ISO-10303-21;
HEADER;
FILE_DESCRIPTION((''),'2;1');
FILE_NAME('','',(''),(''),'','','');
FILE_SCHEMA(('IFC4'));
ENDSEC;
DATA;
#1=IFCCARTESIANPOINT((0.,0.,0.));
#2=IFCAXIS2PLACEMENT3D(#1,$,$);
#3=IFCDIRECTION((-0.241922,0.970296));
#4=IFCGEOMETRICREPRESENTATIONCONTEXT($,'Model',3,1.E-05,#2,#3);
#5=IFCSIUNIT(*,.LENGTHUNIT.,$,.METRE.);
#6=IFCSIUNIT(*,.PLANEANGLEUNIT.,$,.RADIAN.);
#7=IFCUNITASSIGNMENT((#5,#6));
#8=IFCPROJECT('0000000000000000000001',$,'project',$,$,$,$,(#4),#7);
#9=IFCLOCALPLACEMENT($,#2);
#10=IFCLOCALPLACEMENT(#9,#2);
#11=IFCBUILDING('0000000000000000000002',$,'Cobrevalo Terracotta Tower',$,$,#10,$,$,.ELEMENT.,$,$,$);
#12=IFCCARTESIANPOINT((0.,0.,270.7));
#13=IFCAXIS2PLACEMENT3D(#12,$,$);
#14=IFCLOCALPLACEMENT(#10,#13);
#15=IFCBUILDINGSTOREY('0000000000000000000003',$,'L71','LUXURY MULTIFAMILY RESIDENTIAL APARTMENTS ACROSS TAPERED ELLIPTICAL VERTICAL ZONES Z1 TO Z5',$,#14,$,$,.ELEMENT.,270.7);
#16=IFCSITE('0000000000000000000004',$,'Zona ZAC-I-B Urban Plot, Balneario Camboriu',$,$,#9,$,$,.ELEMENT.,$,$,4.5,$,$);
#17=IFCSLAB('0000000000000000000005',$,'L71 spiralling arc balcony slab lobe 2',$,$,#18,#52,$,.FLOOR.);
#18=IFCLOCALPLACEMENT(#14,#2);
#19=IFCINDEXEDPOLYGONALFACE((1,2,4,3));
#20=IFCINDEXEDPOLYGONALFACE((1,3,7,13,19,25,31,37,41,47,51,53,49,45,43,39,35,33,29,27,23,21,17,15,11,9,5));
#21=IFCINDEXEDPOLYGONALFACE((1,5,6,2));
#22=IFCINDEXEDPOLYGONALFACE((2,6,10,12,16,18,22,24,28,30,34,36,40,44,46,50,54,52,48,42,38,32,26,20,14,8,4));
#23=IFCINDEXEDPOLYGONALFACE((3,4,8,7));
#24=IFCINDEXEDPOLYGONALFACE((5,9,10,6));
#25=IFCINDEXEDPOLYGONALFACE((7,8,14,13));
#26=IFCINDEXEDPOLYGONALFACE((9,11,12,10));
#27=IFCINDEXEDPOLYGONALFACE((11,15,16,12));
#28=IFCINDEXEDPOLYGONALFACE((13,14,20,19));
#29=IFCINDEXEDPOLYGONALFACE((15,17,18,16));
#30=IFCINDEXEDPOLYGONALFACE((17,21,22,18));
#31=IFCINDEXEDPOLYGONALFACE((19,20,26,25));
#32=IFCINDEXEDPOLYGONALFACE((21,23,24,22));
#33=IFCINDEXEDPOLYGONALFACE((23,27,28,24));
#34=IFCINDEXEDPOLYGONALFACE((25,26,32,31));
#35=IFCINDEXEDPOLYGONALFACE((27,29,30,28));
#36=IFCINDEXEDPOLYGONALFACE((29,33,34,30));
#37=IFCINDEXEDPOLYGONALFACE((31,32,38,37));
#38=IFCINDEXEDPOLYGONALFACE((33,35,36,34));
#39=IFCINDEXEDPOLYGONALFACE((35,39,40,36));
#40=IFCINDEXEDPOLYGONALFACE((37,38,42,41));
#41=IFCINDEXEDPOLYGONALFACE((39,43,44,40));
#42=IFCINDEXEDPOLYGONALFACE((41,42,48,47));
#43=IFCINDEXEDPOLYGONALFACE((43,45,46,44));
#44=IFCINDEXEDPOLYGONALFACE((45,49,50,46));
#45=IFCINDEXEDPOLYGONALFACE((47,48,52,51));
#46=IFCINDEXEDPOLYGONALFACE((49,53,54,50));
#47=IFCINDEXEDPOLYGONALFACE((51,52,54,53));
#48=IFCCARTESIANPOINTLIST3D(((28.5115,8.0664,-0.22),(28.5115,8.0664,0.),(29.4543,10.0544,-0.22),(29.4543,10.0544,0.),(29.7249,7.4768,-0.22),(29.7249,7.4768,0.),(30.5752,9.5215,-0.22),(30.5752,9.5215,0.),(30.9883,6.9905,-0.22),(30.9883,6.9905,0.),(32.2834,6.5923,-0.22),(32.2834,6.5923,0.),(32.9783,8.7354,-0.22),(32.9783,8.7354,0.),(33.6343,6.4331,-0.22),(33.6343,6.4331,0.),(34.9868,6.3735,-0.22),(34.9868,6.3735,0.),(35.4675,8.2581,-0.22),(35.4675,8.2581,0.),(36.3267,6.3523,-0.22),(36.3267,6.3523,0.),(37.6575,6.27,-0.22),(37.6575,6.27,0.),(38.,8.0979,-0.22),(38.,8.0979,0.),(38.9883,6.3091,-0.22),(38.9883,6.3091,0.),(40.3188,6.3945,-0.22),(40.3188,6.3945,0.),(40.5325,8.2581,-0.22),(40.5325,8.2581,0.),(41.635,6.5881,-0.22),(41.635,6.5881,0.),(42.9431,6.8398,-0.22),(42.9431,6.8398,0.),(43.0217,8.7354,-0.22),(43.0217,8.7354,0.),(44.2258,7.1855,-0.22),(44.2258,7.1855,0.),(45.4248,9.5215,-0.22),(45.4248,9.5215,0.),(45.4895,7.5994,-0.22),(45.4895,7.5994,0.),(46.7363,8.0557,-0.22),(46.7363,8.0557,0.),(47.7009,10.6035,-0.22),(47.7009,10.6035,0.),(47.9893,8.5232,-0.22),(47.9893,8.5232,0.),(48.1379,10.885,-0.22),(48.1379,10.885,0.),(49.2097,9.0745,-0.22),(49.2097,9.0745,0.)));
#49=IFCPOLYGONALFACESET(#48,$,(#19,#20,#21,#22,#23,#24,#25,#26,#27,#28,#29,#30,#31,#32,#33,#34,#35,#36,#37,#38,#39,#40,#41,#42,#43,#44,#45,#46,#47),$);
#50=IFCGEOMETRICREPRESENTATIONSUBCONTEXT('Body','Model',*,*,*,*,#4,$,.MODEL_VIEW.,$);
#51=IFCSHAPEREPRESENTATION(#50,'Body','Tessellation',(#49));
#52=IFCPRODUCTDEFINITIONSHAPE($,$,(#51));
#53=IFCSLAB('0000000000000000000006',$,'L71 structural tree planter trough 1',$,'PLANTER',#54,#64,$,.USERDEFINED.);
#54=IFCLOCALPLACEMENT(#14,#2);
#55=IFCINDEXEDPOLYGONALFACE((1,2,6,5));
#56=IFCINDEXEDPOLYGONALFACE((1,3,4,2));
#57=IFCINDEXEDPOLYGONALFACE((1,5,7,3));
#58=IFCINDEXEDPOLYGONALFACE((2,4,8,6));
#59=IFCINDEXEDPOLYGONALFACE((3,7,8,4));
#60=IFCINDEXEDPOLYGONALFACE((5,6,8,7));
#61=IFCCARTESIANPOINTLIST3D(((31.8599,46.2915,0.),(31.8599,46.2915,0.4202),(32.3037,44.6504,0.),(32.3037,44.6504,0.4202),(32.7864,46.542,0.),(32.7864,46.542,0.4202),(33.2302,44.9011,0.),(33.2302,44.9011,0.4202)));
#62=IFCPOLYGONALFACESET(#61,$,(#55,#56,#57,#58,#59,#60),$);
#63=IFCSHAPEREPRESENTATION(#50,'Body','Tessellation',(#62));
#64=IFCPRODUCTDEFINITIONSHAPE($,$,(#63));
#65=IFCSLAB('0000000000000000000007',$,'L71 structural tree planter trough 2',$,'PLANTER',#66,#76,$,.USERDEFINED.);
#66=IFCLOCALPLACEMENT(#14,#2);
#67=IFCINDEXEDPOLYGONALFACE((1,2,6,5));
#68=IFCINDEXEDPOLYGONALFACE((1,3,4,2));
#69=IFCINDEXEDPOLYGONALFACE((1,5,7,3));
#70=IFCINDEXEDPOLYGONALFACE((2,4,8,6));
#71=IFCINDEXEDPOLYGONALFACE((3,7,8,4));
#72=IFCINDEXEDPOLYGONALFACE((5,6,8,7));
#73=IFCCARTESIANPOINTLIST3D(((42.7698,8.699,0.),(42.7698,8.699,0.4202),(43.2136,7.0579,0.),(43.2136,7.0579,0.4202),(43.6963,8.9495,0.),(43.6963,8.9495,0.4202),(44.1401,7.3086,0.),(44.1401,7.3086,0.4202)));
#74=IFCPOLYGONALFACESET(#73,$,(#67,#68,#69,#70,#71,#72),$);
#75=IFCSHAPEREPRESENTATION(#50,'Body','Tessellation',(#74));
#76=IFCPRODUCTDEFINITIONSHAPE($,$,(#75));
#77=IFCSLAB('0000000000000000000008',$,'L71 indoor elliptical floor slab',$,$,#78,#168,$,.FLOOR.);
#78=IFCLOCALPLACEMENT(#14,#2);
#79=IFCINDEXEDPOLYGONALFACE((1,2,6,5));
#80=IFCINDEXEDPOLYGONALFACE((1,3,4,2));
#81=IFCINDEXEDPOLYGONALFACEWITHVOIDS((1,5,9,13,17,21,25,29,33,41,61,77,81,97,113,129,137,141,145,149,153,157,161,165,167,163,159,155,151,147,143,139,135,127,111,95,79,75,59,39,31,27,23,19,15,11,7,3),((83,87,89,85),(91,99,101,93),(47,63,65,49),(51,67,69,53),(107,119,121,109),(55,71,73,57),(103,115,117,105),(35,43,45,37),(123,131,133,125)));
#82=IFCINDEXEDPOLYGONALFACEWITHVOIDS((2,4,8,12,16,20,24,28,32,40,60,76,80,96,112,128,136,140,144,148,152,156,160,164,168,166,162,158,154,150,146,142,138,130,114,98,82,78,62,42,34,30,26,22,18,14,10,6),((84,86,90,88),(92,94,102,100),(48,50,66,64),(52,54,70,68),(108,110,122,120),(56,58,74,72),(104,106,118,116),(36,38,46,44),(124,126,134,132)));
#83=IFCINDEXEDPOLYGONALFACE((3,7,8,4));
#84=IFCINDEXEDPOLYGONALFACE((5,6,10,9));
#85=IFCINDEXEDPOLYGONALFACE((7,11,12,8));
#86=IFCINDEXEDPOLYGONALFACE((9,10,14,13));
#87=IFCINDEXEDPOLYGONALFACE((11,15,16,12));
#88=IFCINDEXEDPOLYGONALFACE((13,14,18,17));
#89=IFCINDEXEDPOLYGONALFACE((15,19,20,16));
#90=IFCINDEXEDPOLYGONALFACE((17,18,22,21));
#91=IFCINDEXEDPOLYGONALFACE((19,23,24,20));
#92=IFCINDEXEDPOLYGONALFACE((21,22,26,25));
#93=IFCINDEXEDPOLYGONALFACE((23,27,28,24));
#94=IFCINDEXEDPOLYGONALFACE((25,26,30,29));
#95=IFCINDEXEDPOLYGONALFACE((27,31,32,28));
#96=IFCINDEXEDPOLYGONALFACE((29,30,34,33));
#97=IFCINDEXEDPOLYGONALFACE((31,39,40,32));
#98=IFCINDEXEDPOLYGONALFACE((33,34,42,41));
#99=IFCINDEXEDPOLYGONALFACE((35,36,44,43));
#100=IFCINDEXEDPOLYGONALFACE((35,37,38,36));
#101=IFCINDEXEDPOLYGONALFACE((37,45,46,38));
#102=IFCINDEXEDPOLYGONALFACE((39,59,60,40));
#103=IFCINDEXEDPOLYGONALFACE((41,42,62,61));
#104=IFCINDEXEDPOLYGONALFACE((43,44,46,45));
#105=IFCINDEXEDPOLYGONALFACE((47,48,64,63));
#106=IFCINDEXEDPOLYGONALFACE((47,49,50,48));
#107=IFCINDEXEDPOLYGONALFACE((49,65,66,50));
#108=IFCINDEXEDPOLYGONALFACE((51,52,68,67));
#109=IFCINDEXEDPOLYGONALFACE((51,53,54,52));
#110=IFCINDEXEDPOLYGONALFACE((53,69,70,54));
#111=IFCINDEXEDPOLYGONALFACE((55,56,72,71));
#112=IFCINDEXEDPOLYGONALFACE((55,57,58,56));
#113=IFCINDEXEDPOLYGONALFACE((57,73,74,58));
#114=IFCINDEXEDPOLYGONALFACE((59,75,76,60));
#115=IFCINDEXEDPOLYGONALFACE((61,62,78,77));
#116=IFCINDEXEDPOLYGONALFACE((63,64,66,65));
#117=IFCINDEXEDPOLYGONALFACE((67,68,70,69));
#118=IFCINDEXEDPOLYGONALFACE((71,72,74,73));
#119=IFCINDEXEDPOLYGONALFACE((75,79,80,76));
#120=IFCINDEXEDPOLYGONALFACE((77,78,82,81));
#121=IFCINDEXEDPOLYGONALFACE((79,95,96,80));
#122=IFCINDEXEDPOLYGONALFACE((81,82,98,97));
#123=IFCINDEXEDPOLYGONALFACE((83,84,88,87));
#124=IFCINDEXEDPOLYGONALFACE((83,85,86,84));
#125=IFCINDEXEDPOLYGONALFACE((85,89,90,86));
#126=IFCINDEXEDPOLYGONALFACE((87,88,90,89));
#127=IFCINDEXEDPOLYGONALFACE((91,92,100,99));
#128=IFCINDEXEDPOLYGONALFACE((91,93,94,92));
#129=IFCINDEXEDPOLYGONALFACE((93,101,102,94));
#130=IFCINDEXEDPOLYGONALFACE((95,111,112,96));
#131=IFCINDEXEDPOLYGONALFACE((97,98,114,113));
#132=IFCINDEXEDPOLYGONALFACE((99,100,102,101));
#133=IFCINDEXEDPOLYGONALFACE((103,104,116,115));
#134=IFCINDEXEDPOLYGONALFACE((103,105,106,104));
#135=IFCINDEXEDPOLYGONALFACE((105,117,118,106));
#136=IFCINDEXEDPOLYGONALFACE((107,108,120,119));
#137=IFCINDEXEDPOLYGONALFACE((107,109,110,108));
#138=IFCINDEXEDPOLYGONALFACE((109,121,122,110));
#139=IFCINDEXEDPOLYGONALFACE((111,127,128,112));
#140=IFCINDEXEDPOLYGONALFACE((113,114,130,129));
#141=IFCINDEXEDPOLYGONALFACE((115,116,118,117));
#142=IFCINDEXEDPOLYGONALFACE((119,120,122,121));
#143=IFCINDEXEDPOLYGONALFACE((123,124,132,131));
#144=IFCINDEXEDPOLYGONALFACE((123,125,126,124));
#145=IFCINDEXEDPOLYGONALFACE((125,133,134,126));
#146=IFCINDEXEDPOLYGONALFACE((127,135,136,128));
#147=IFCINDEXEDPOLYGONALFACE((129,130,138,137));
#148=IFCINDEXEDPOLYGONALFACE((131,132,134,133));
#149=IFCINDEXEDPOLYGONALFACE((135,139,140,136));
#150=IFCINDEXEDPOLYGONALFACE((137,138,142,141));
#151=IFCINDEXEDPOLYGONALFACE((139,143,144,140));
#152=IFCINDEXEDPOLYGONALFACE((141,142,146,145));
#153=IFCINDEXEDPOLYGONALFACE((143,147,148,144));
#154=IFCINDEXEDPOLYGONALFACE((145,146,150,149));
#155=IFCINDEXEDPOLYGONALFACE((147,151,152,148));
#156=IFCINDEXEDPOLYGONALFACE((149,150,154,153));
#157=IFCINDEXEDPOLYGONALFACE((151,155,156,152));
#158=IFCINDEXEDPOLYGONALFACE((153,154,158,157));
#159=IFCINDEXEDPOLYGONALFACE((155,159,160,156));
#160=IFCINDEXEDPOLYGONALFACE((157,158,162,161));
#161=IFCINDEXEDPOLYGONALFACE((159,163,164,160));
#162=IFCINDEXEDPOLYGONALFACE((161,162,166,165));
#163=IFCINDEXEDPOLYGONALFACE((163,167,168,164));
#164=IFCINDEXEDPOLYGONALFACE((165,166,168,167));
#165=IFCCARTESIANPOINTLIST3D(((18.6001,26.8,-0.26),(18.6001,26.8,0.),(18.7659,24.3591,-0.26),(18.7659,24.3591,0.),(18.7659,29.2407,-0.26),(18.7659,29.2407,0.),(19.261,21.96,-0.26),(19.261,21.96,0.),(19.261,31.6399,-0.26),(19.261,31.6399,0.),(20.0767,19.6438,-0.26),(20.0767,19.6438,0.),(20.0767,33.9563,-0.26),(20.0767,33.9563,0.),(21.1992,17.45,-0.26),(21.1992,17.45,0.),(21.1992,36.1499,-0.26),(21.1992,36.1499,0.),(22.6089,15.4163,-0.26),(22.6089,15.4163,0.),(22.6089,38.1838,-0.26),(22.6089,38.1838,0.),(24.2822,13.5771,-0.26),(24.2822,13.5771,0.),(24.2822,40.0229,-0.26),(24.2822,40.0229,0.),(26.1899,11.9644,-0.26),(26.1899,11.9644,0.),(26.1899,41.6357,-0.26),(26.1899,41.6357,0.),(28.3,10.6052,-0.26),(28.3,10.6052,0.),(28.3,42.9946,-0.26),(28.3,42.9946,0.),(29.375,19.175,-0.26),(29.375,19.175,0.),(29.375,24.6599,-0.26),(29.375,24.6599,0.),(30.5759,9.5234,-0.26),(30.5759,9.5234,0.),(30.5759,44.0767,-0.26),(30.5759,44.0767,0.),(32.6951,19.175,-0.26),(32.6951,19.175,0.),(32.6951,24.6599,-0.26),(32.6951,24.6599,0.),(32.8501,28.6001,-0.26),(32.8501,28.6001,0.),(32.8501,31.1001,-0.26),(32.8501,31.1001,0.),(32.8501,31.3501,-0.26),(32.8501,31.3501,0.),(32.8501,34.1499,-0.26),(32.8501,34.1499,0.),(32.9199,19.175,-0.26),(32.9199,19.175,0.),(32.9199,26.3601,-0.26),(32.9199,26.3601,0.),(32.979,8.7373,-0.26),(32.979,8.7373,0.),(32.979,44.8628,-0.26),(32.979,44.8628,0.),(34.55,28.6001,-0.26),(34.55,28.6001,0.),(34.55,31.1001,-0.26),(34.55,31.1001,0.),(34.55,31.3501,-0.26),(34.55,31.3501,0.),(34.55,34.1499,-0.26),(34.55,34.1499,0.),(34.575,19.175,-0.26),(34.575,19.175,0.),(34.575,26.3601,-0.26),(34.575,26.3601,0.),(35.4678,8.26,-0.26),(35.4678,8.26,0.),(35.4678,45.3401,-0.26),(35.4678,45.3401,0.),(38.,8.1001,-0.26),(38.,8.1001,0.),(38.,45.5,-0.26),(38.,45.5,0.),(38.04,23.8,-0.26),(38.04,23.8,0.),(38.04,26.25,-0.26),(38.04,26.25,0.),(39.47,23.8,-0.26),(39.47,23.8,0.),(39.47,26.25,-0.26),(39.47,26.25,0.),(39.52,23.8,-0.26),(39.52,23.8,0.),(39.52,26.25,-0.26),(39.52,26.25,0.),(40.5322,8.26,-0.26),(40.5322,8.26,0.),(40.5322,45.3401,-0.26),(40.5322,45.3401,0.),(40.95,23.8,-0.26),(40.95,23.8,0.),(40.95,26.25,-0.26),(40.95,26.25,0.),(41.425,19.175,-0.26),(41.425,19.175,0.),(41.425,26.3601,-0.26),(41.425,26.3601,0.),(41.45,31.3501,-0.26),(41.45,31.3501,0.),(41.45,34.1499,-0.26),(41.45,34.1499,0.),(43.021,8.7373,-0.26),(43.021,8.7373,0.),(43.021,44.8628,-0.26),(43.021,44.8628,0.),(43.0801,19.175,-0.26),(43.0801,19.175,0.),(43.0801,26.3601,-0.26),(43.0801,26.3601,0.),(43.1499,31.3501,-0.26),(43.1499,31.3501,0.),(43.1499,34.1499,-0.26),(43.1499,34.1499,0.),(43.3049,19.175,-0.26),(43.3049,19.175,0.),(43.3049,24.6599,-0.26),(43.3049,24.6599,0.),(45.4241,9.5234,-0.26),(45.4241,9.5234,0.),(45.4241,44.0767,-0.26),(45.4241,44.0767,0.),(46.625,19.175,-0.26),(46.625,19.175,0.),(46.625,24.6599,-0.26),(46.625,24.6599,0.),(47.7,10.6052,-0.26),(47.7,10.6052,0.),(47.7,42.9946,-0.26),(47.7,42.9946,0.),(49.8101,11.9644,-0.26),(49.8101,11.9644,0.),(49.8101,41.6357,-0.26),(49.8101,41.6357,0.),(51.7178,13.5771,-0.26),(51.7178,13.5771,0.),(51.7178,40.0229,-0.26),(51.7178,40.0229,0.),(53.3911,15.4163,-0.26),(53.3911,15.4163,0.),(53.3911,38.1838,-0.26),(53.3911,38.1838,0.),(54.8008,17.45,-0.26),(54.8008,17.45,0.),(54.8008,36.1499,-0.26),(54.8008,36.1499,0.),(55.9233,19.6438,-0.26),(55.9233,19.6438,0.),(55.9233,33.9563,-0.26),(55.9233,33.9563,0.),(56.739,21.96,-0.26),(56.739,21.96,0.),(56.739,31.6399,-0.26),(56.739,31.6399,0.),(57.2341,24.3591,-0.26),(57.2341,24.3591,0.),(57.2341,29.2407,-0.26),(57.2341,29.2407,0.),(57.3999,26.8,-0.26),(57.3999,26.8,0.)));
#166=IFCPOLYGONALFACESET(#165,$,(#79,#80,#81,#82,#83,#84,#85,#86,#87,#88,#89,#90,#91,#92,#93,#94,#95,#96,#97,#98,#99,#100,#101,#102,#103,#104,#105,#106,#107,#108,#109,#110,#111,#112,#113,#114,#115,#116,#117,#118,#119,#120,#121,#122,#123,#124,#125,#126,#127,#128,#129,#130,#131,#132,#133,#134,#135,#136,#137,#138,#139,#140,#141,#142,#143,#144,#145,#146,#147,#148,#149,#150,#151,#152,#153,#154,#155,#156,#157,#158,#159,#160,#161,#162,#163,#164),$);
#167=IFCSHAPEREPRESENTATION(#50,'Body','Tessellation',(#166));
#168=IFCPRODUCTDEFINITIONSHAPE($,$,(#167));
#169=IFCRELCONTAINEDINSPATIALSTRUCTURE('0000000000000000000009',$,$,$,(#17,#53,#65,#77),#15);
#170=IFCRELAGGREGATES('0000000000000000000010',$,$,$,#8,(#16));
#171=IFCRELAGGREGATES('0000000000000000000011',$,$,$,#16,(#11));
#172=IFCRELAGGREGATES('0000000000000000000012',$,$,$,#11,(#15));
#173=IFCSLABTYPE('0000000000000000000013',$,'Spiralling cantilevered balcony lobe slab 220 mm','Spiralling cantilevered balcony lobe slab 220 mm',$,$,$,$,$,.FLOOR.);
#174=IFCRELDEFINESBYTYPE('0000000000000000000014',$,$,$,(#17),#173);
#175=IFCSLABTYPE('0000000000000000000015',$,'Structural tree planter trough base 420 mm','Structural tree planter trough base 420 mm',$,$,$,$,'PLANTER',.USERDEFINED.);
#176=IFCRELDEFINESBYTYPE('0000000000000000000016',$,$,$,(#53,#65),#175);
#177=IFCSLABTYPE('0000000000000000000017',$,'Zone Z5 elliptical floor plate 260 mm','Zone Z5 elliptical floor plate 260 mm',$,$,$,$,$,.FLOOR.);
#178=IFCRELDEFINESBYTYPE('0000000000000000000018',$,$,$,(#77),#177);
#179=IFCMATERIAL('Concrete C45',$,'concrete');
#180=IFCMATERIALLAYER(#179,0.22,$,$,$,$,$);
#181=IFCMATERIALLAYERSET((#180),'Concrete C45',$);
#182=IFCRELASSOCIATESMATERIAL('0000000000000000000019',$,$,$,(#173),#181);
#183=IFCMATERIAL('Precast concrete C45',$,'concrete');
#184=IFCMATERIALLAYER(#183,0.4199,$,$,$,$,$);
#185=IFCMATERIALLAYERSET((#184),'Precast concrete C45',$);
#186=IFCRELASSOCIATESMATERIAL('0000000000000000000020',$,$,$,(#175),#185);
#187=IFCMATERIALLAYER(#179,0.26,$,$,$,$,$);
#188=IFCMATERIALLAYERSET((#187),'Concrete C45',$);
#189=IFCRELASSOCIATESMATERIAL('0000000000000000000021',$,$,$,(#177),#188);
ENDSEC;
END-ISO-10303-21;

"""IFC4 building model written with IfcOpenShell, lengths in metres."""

from ifc_helpers import new_model, si_unit, direction, frame, origin, place, context, subcontext, project, spatial, polyline, outline, extrude, material, layer, layer_set, type_object, element, save


model = new_model("IFC4")

# Units and contexts
model_context = context("Model", 3, precision=1e-05, world=origin(), true_north=direction((-0.241922, 0.970296)))
body_context = subcontext(model_context, "Body", "Model", "MODEL_VIEW")
ifc_project = project(units=[si_unit("LENGTHUNIT", "METRE"), si_unit("PLANEANGLEUNIT", "RADIAN")], contexts=[model_context])

# Site, building, storey
site_placement = place(None, origin())
site = spatial("IfcSite", under=ifc_project, at=site_placement, Name="Zona ZAC-I-B Urban Plot, Balneario Camboriu", CompositionType="ELEMENT", RefElevation=4.5)
building_placement = place(site_placement, origin())
building = spatial("IfcBuilding", under=site, at=building_placement, Name="Cobrevalo Terracotta Tower", CompositionType="ELEMENT")
storey_placement = place(building_placement, frame((0.0, 0.0, 270.7)))
storey = spatial("IfcBuildingStorey", under=building, at=storey_placement, Name="L71", Description="LUXURY MULTIFAMILY RESIDENTIAL APARTMENTS ACROSS TAPERED ELLIPTICAL VERTICAL ZONES Z1 TO Z5", CompositionType="ELEMENT", Elevation=270.7)

# Slabs
ifc_material_1 = material(Name="Concrete C45", Category="concrete")
ifc_layer_1 = layer(ifc_material_1, 0.22)
ifc_layer_set_1 = layer_set([ifc_layer_1], Name="Concrete C45")
slab_type_1 = type_object("IfcSlabType", Name="Spiralling cantilevered balcony lobe slab 220 mm", Description="Spiralling cantilevered balcony lobe slab 220 mm", PredefinedType="FLOOR", material=ifc_layer_set_1)
slab_1_placement = place(storey_placement, frame((0.0, 0.0, -0.22)))
element("IfcSlab", 1, at=slab_1_placement, inside=storey, type_object=slab_type_1, Name="L71 spiralling arc balcony slab lobe 2", PredefinedType="FLOOR", context=body_context, shape_type="SweptSolid", body=[
    extrude(outline(polyline([(28.5115, 8.0664), (29.7249, 7.4768), (30.9883, 6.9905), (32.2834, 6.5923), (33.6343, 6.4331), (34.9868, 6.3735), (36.3267, 6.3523), (37.6575, 6.27), (38.9883, 6.3091), (40.3188, 6.3945), (41.635, 6.5881), (42.9431, 6.8398), (44.2258, 7.1855), (45.4895, 7.5994), (46.7363, 8.0557), (47.9893, 8.5232), (49.2097, 9.0745), (48.1379, 10.885), (47.7009, 10.6035), (45.4248, 9.5215), (43.0217, 8.7354), (40.5325, 8.2581), (38.0, 8.0979), (35.4675, 8.2581), (32.9783, 8.7354), (30.5752, 9.5215), (29.4543, 10.0544), (28.5115, 8.0664)])), origin(), (0.0, 0.0, 1.0), 0.22),
])
ifc_material_2 = material(Name="Precast concrete C45", Category="concrete")
ifc_layer_2 = layer(ifc_material_2, 0.4199)
ifc_layer_set_2 = layer_set([ifc_layer_2], Name="Precast concrete C45")
slab_type_2 = type_object("IfcSlabType", Name="Structural tree planter trough base 420 mm", Description="Structural tree planter trough base 420 mm", ElementType="PLANTER", PredefinedType="USERDEFINED", material=ifc_layer_set_2)
slab_2_placement = place(storey_placement, origin())
element("IfcSlab", 2, at=slab_2_placement, inside=storey, type_object=slab_type_2, Name="L71 structural tree planter trough 1", ObjectType="PLANTER", PredefinedType="USERDEFINED", context=body_context, shape_type="SweptSolid", body=[
    extrude(outline(polyline([(33.2302, 44.9011), (32.7864, 46.542), (31.8599, 46.2915), (32.3037, 44.6504), (33.2302, 44.9011)])), origin(), (0.0, 0.0, 1.0), 0.4202),
])
slab_3_placement = place(storey_placement, origin())
element("IfcSlab", 3, at=slab_3_placement, inside=storey, type_object=slab_type_2, Name="L71 structural tree planter trough 2", ObjectType="PLANTER", PredefinedType="USERDEFINED", context=body_context, shape_type="SweptSolid", body=[
    extrude(outline(polyline([(42.7698, 8.699), (43.2136, 7.0579), (44.1401, 7.3086), (43.6963, 8.9495), (42.7698, 8.699)])), origin(), (0.0, 0.0, 1.0), 0.4202),
])
ifc_layer_3 = layer(ifc_material_1, 0.26)
ifc_layer_set_3 = layer_set([ifc_layer_3], Name="Concrete C45")
slab_type_3 = type_object("IfcSlabType", Name="Zone Z5 elliptical floor plate 260 mm", Description="Zone Z5 elliptical floor plate 260 mm", PredefinedType="FLOOR", material=ifc_layer_set_3)
slab_4_placement = place(storey_placement, frame((0.0, 0.0, -0.26)))
element("IfcSlab", 4, at=slab_4_placement, inside=storey, type_object=slab_type_3, Name="L71 indoor elliptical floor slab", PredefinedType="FLOOR", context=body_context, shape_type="SweptSolid", body=[
    extrude(outline(polyline([(57.2341, 24.3591), (56.739, 21.96), (55.9233, 19.6438), (54.8008, 17.45), (53.3911, 15.4163), (51.7178, 13.5771), (49.8101, 11.9644), (47.7, 10.6052), (45.4241, 9.5234), (43.021, 8.7373), (40.5322, 8.26), (38.0, 8.1001), (35.4678, 8.26), (32.979, 8.7373), (30.5759, 9.5234), (28.3, 10.6052), (26.1899, 11.9644), (24.2822, 13.5771), (22.6089, 15.4163), (21.1992, 17.45), (20.0767, 19.6438), (19.261, 21.96), (18.7659, 24.3591), (18.6001, 26.8), (18.7659, 29.2407), (19.261, 31.6399), (20.0767, 33.9563), (21.1992, 36.1499), (22.6089, 38.1838), (24.2822, 40.0229), (26.1899, 41.6357), (28.3, 42.9946), (30.5759, 44.0767), (32.979, 44.8628), (35.4678, 45.3401), (38.0, 45.5), (40.5322, 45.3401), (43.021, 44.8628), (45.4241, 44.0767), (47.7, 42.9946), (49.8101, 41.6357), (51.7178, 40.0229), (53.3911, 38.1838), (54.8008, 36.1499), (55.9233, 33.9563), (56.739, 31.6399), (57.2341, 29.2407), (57.3999, 26.8), (57.2341, 24.3591)]), holes=[polyline([(32.6951, 19.175), (32.6951, 24.6599), (29.375, 24.6599), (29.375, 19.175), (32.6951, 19.175)]), polyline([(46.625, 19.175), (46.625, 24.6599), (43.3049, 24.6599), (43.3049, 19.175), (46.625, 19.175)]), polyline([(34.575, 26.3601), (32.9199, 26.3601), (32.9199, 19.175), (34.575, 19.175), (34.575, 26.3601)]), polyline([(43.0801, 26.3601), (41.425, 26.3601), (41.425, 19.175), (43.0801, 19.175), (43.0801, 26.3601)]), polyline([(39.47, 26.25), (38.04, 26.25), (38.04, 23.8), (39.47, 23.8), (39.47, 26.25)]), polyline([(40.95, 26.25), (39.52, 26.25), (39.52, 23.8), (40.95, 23.8), (40.95, 26.25)]), polyline([(34.55, 31.1001), (32.8501, 31.1001), (32.8501, 28.6001), (34.55, 28.6001), (34.55, 31.1001)]), polyline([(34.55, 31.3501), (34.55, 34.1499), (32.8501, 34.1499), (32.8501, 31.3501), (34.55, 31.3501)]), polyline([(43.1499, 31.3501), (43.1499, 34.1499), (41.45, 34.1499), (41.45, 31.3501), (43.1499, 31.3501)])]), origin(), (0.0, 0.0, 1.0), 0.26),
])

save(model, "model.ifc")
